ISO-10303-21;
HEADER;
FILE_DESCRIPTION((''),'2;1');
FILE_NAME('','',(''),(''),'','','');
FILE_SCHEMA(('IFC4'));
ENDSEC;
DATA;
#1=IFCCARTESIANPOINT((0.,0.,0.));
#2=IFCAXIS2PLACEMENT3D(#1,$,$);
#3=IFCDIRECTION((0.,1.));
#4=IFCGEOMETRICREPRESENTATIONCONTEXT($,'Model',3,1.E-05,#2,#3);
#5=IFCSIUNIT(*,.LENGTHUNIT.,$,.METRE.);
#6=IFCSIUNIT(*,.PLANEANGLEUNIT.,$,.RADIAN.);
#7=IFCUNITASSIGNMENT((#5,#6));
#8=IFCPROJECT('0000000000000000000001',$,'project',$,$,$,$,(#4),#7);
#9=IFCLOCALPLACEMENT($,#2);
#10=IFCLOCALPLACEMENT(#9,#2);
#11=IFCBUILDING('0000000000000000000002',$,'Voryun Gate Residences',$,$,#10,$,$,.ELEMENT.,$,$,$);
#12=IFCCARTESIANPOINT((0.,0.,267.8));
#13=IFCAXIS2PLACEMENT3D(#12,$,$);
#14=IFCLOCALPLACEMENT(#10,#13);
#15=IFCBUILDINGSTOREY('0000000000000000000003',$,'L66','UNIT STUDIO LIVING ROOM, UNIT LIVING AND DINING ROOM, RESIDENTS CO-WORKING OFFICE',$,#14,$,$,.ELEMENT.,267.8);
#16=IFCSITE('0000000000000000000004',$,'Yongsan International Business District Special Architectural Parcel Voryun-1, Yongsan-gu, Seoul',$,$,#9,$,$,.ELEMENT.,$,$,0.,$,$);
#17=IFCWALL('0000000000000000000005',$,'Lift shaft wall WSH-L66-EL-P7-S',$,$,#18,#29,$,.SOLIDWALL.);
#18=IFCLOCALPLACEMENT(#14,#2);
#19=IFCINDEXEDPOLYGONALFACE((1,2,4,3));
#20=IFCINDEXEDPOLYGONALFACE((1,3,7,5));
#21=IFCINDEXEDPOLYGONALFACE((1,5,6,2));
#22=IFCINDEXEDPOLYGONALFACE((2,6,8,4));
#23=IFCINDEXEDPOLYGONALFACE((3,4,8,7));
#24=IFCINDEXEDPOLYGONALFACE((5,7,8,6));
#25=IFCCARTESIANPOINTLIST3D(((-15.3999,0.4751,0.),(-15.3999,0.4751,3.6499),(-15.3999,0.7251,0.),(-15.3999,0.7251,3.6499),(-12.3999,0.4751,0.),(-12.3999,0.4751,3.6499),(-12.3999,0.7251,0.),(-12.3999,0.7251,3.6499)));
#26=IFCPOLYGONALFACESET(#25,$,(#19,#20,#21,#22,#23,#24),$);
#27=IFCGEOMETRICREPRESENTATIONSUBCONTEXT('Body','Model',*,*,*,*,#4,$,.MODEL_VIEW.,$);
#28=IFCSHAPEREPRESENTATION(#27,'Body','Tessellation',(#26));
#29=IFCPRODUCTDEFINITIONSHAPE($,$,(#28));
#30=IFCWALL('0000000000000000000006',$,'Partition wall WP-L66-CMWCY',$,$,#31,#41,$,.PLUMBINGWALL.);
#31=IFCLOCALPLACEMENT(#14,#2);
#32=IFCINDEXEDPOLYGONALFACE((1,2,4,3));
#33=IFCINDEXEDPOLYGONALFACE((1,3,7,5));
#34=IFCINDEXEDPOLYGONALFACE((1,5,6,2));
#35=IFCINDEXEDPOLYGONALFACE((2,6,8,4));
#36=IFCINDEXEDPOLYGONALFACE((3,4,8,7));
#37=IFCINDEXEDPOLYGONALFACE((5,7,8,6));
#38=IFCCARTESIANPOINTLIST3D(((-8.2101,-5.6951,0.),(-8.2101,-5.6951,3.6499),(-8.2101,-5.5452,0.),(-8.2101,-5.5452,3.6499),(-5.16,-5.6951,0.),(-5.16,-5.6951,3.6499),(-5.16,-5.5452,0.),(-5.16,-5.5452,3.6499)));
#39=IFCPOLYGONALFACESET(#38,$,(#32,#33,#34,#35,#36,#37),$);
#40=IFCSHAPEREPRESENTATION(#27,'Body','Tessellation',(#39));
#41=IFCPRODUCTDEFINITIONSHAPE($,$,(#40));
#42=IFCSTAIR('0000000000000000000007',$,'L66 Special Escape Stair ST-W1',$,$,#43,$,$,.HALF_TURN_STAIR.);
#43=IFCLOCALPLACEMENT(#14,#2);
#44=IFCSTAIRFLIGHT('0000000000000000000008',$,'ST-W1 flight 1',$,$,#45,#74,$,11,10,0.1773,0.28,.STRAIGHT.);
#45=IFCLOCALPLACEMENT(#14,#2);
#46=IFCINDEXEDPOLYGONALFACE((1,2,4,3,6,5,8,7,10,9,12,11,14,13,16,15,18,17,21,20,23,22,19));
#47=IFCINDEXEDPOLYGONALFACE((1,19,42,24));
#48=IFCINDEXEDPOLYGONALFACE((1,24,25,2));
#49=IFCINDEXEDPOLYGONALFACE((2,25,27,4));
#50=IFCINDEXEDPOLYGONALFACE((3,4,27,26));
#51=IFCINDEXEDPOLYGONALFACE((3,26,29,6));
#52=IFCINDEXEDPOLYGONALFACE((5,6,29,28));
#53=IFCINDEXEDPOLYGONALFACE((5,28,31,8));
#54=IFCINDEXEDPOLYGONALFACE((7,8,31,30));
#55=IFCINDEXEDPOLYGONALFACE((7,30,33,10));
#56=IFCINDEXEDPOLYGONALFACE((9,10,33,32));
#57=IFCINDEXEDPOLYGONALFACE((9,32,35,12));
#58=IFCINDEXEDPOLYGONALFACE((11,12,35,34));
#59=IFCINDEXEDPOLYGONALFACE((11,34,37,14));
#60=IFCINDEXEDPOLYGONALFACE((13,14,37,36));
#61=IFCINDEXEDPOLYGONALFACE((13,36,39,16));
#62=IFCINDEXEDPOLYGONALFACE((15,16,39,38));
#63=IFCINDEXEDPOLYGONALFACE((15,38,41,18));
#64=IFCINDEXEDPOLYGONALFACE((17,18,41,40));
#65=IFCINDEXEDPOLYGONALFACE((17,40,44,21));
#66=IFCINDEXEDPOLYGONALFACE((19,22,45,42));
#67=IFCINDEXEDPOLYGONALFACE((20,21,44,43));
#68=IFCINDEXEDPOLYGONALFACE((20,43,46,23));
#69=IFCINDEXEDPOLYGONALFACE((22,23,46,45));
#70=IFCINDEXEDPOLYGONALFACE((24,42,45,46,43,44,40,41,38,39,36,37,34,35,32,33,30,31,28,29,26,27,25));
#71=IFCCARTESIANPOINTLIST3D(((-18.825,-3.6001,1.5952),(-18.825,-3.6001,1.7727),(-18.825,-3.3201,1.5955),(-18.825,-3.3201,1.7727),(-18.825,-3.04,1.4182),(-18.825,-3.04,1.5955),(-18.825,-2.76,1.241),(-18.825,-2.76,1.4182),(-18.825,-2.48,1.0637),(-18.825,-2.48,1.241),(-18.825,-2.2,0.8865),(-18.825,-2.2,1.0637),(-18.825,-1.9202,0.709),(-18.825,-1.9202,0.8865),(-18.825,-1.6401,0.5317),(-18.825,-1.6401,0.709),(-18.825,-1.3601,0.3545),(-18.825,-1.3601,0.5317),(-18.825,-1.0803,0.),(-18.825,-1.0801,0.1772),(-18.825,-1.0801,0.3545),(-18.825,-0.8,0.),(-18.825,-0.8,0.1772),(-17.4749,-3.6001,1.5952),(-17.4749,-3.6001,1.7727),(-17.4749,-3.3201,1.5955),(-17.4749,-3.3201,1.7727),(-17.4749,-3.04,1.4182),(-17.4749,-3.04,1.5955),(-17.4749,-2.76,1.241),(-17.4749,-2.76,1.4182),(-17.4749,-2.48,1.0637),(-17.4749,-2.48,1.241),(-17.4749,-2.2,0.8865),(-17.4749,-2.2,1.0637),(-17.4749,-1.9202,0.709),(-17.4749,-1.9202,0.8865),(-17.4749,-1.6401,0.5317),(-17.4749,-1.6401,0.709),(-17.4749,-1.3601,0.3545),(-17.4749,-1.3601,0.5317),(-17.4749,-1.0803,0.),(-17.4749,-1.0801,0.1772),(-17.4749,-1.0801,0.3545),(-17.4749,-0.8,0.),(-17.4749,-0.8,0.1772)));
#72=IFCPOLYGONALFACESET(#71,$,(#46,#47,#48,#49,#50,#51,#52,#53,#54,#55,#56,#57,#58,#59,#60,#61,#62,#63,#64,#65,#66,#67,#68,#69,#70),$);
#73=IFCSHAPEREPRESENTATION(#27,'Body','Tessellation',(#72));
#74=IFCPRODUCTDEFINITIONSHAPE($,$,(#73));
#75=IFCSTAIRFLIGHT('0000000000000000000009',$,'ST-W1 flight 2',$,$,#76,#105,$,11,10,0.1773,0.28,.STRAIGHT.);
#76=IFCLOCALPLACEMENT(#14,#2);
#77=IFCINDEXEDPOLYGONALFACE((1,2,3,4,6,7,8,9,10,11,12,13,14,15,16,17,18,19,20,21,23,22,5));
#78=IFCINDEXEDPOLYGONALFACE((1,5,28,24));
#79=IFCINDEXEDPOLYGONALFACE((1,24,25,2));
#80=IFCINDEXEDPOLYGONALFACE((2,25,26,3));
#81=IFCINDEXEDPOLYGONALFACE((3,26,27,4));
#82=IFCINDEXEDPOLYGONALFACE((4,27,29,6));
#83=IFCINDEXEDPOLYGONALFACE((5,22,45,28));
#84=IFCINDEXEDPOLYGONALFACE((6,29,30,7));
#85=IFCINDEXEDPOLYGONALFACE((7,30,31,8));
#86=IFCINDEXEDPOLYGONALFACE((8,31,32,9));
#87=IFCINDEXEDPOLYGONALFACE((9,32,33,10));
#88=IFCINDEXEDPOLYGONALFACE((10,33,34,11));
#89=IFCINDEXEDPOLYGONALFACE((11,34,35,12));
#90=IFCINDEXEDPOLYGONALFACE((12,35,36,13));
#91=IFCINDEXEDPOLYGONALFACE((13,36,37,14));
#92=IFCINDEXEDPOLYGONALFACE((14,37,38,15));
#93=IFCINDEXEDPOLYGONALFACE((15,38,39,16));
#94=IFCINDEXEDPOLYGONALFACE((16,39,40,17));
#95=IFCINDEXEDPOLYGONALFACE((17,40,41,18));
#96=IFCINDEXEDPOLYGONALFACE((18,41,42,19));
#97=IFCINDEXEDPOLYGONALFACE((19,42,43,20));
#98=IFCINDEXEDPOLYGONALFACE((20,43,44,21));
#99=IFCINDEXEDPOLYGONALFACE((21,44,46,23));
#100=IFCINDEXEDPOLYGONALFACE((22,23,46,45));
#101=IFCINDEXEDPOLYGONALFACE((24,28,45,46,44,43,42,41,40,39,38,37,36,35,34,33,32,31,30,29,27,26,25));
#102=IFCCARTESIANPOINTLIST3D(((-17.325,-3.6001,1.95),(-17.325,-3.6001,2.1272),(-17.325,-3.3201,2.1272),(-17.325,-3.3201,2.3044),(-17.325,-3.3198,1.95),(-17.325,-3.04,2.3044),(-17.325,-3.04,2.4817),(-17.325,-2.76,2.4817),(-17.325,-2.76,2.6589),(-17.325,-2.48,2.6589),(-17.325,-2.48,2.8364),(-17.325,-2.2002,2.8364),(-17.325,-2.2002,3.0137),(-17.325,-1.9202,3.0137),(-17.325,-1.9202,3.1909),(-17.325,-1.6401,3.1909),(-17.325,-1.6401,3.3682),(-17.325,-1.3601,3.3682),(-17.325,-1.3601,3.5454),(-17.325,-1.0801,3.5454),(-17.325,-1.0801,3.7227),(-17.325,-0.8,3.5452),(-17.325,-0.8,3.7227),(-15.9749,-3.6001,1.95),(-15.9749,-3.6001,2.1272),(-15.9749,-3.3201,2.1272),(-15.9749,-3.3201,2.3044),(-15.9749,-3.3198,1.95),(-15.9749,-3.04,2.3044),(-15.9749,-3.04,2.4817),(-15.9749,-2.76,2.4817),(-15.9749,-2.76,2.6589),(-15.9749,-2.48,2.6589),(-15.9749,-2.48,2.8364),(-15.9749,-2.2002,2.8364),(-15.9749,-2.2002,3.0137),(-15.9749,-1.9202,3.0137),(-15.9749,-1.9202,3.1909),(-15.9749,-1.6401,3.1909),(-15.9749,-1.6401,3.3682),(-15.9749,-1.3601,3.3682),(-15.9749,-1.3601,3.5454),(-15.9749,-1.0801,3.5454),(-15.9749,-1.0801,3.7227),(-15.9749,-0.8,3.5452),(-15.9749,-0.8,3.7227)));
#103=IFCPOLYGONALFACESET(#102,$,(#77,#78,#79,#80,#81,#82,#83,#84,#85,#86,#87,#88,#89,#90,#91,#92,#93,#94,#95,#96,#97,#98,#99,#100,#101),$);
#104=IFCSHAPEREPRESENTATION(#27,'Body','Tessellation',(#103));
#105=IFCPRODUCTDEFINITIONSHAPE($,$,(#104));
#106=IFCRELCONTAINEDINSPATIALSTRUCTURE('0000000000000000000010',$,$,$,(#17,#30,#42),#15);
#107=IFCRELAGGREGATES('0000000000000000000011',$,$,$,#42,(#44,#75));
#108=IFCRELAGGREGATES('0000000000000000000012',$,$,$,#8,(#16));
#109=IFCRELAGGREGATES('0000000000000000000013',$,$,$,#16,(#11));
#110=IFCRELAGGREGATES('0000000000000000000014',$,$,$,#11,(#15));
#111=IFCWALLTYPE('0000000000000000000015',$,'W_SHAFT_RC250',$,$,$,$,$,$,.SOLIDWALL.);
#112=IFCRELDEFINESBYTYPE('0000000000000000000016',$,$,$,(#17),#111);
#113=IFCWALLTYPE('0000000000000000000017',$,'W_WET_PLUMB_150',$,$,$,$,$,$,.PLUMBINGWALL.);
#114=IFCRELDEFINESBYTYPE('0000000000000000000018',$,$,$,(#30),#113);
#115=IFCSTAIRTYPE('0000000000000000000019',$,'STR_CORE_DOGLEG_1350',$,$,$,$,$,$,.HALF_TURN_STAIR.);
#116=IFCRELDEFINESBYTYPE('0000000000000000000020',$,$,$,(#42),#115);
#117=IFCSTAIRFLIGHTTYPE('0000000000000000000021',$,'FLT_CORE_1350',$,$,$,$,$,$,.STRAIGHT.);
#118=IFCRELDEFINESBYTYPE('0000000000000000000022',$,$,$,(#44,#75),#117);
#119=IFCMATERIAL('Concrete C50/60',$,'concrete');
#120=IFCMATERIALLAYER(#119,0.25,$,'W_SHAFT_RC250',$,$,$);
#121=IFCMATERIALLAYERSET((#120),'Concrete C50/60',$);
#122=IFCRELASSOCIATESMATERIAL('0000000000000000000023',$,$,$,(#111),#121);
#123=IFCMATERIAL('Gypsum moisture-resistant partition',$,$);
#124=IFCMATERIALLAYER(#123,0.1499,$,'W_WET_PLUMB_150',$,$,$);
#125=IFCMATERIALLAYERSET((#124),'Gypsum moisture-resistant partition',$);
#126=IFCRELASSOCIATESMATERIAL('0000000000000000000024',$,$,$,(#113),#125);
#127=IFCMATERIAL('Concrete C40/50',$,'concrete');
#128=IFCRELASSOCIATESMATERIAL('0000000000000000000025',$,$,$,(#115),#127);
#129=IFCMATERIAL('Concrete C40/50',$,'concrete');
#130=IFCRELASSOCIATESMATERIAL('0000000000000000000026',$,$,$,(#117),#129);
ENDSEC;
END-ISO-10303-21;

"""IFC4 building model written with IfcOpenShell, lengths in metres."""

from ifc_helpers import new_model, si_unit, direction, frame, frame_2d, origin, place, context, subcontext, project, spatial, polyline, rectangle, outline, extrude, material, layer, layer_set, type_object, element, aggregate, save


model = new_model("IFC4")

# Units and contexts
model_context = context("Model", 3, precision=1e-05, world=origin(), true_north=direction((0.0, 1.0)))
body_context = subcontext(model_context, "Body", "Model", "MODEL_VIEW")
ifc_project = project(units=[si_unit("LENGTHUNIT", "METRE"), si_unit("PLANEANGLEUNIT", "RADIAN")], contexts=[model_context])

# Site, building, storey
site_placement = place(None, origin())
site = spatial("IfcSite", under=ifc_project, at=site_placement, Name="Yongsan International Business District Special Architectural Parcel Voryun-1, Yongsan-gu, Seoul", CompositionType="ELEMENT", RefElevation=0.0)
building_placement = place(site_placement, origin())
building = spatial("IfcBuilding", under=site, at=building_placement, Name="Voryun Gate Residences", CompositionType="ELEMENT")
storey_placement = place(building_placement, frame((0.0, 0.0, 267.8)))
storey = spatial("IfcBuildingStorey", under=building, at=storey_placement, Name="L66", Description="UNIT STUDIO LIVING ROOM, UNIT LIVING AND DINING ROOM, RESIDENTS CO-WORKING OFFICE", CompositionType="ELEMENT", Elevation=267.8)

# Walls
ifc_material_1 = material(Name="Concrete C50/60", Category="concrete")
ifc_layer_1 = layer(ifc_material_1, 0.25, Name="W_SHAFT_RC250")
ifc_layer_set_1 = layer_set([ifc_layer_1], Name="Concrete C50/60")
wall_type_1 = type_object("IfcWallType", Name="W_SHAFT_RC250", PredefinedType="SOLIDWALL", material=ifc_layer_set_1)
wall_1_placement = place(storey_placement, frame((-15.3999, 0.6001, 0.0), z_axis=(0.0, 0.0, 1.0), x_axis=(1.0, 0.0, 0.0)))
element("IfcWall", 1, at=wall_1_placement, inside=storey, type_object=wall_type_1, Name="Lift shaft wall WSH-L66-EL-P7-S", PredefinedType="SOLIDWALL", context=body_context, shape_type="SweptSolid", body=[
    extrude(rectangle(XDim=3.0, YDim=0.25, at=frame_2d((1.5, 0.0))), origin(), (0.0, 0.0, 1.0), 3.6499),
])
ifc_material_2 = material(Name="Gypsum moisture-resistant partition")
ifc_layer_2 = layer(ifc_material_2, 0.1499, Name="W_WET_PLUMB_150")
ifc_layer_set_2 = layer_set([ifc_layer_2], Name="Gypsum moisture-resistant partition")
wall_type_2 = type_object("IfcWallType", Name="W_WET_PLUMB_150", PredefinedType="PLUMBINGWALL", material=ifc_layer_set_2)
wall_2_placement = place(storey_placement, frame((-8.21, -5.6201, 0.0), z_axis=(0.0, 0.0, 1.0), x_axis=(1.0, 0.0, 0.0)))
element("IfcWall", 2, at=wall_2_placement, inside=storey, type_object=wall_type_2, Name="Partition wall WP-L66-CMWCY", PredefinedType="PLUMBINGWALL", context=body_context, shape_type="SweptSolid", body=[
    extrude(rectangle(XDim=3.05, YDim=0.1499, at=frame_2d((1.5249, 0.0))), origin(), (0.0, 0.0, 1.0), 3.6499),
])

# Stair, stair flights
ifc_material_3 = material(Name="Concrete C40/50", Category="concrete")
stair_type = type_object("IfcStairType", Name="STR_CORE_DOGLEG_1350", PredefinedType="HALF_TURN_STAIR", material=ifc_material_3)
stair_placement = place(storey_placement, origin())
stair = element("IfcStair", 3, at=stair_placement, inside=storey, type_object=stair_type, Name="L66 Special Escape Stair ST-W1", PredefinedType="HALF_TURN_STAIR")
ifc_material_4 = material(Name="Concrete C40/50", Category="concrete")
stair_flight_type = type_object("IfcStairFlightType", Name="FLT_CORE_1350", PredefinedType="STRAIGHT", material=ifc_material_4)
stair_flight_1_placement = place(storey_placement, frame((-18.1499, -0.8, 0.0), z_axis=(0.0, 0.0, 1.0), x_axis=(0.0, -1.0, 0.0)))
stair_flight_1 = element("IfcStairFlight", 4, at=stair_flight_1_placement, type_object=stair_flight_type, Name="ST-W1 flight 1", NumberOfRisers=11, NumberOfTreads=10, PredefinedType="STRAIGHT", RiserHeight=0.1773, TreadLength=0.28, context=body_context, shape_type="SweptSolid", body=[
    extrude(outline(polyline([(0.0, 0.0), (0.0, 0.1772), (0.28, 0.1772), (0.28, 0.3545), (0.5601, 0.3545), (0.5601, 0.5317), (0.8401, 0.5317), (0.8401, 0.709), (1.1201, 0.709), (1.1201, 0.8865), (1.3999, 0.8865), (1.3999, 1.0637), (1.6799, 1.0637), (1.6799, 1.241), (1.96, 1.241), (1.96, 1.4182), (2.24, 1.4182), (2.24, 1.5955), (2.52, 1.5955), (2.52, 1.7727), (2.8, 1.7727), (2.8, 1.95), (2.8, 1.5952), (0.2803, 0.0), (0.0, 0.0)])), frame((0.0, 0.675, 0.0), z_axis=(0.0, -1.0, 0.0), x_axis=(1.0, 0.0, 0.0)), (0.0, 0.0, 1.0), 1.3501),
])
stair_flight_2_placement = place(storey_placement, frame((-16.6499, -3.6001, 1.95), z_axis=(0.0, 0.0, 1.0), x_axis=(0.0, 1.0, 0.0)))
stair_flight_2 = element("IfcStairFlight", 5, at=stair_flight_2_placement, type_object=stair_flight_type, Name="ST-W1 flight 2", NumberOfRisers=11, NumberOfTreads=10, PredefinedType="STRAIGHT", RiserHeight=0.1773, TreadLength=0.28, context=body_context, shape_type="SweptSolid", body=[
    extrude(outline(polyline([(0.0, 0.0), (0.0, 0.1772), (0.28, 0.1772), (0.28, 0.3545), (0.5601, 0.3545), (0.5601, 0.5317), (0.8401, 0.5317), (0.8401, 0.709), (1.1201, 0.709), (1.1201, 0.8865), (1.3999, 0.8865), (1.3999, 1.0637), (1.6799, 1.0637), (1.6799, 1.241), (1.96, 1.241), (1.96, 1.4182), (2.24, 1.4182), (2.24, 1.5955), (2.52, 1.5955), (2.52, 1.7727), (2.8, 1.7727), (2.8, 1.95), (2.8, 1.5952), (0.2803, 0.0), (0.0, 0.0)])), frame((0.0, 0.675, 0.0), z_axis=(0.0, -1.0, 0.0), x_axis=(1.0, 0.0, 0.0)), (0.0, 0.0, 1.0), 1.3501),
])
aggregate(stair, [stair_flight_1, stair_flight_2])

save(model, "model.ifc")
